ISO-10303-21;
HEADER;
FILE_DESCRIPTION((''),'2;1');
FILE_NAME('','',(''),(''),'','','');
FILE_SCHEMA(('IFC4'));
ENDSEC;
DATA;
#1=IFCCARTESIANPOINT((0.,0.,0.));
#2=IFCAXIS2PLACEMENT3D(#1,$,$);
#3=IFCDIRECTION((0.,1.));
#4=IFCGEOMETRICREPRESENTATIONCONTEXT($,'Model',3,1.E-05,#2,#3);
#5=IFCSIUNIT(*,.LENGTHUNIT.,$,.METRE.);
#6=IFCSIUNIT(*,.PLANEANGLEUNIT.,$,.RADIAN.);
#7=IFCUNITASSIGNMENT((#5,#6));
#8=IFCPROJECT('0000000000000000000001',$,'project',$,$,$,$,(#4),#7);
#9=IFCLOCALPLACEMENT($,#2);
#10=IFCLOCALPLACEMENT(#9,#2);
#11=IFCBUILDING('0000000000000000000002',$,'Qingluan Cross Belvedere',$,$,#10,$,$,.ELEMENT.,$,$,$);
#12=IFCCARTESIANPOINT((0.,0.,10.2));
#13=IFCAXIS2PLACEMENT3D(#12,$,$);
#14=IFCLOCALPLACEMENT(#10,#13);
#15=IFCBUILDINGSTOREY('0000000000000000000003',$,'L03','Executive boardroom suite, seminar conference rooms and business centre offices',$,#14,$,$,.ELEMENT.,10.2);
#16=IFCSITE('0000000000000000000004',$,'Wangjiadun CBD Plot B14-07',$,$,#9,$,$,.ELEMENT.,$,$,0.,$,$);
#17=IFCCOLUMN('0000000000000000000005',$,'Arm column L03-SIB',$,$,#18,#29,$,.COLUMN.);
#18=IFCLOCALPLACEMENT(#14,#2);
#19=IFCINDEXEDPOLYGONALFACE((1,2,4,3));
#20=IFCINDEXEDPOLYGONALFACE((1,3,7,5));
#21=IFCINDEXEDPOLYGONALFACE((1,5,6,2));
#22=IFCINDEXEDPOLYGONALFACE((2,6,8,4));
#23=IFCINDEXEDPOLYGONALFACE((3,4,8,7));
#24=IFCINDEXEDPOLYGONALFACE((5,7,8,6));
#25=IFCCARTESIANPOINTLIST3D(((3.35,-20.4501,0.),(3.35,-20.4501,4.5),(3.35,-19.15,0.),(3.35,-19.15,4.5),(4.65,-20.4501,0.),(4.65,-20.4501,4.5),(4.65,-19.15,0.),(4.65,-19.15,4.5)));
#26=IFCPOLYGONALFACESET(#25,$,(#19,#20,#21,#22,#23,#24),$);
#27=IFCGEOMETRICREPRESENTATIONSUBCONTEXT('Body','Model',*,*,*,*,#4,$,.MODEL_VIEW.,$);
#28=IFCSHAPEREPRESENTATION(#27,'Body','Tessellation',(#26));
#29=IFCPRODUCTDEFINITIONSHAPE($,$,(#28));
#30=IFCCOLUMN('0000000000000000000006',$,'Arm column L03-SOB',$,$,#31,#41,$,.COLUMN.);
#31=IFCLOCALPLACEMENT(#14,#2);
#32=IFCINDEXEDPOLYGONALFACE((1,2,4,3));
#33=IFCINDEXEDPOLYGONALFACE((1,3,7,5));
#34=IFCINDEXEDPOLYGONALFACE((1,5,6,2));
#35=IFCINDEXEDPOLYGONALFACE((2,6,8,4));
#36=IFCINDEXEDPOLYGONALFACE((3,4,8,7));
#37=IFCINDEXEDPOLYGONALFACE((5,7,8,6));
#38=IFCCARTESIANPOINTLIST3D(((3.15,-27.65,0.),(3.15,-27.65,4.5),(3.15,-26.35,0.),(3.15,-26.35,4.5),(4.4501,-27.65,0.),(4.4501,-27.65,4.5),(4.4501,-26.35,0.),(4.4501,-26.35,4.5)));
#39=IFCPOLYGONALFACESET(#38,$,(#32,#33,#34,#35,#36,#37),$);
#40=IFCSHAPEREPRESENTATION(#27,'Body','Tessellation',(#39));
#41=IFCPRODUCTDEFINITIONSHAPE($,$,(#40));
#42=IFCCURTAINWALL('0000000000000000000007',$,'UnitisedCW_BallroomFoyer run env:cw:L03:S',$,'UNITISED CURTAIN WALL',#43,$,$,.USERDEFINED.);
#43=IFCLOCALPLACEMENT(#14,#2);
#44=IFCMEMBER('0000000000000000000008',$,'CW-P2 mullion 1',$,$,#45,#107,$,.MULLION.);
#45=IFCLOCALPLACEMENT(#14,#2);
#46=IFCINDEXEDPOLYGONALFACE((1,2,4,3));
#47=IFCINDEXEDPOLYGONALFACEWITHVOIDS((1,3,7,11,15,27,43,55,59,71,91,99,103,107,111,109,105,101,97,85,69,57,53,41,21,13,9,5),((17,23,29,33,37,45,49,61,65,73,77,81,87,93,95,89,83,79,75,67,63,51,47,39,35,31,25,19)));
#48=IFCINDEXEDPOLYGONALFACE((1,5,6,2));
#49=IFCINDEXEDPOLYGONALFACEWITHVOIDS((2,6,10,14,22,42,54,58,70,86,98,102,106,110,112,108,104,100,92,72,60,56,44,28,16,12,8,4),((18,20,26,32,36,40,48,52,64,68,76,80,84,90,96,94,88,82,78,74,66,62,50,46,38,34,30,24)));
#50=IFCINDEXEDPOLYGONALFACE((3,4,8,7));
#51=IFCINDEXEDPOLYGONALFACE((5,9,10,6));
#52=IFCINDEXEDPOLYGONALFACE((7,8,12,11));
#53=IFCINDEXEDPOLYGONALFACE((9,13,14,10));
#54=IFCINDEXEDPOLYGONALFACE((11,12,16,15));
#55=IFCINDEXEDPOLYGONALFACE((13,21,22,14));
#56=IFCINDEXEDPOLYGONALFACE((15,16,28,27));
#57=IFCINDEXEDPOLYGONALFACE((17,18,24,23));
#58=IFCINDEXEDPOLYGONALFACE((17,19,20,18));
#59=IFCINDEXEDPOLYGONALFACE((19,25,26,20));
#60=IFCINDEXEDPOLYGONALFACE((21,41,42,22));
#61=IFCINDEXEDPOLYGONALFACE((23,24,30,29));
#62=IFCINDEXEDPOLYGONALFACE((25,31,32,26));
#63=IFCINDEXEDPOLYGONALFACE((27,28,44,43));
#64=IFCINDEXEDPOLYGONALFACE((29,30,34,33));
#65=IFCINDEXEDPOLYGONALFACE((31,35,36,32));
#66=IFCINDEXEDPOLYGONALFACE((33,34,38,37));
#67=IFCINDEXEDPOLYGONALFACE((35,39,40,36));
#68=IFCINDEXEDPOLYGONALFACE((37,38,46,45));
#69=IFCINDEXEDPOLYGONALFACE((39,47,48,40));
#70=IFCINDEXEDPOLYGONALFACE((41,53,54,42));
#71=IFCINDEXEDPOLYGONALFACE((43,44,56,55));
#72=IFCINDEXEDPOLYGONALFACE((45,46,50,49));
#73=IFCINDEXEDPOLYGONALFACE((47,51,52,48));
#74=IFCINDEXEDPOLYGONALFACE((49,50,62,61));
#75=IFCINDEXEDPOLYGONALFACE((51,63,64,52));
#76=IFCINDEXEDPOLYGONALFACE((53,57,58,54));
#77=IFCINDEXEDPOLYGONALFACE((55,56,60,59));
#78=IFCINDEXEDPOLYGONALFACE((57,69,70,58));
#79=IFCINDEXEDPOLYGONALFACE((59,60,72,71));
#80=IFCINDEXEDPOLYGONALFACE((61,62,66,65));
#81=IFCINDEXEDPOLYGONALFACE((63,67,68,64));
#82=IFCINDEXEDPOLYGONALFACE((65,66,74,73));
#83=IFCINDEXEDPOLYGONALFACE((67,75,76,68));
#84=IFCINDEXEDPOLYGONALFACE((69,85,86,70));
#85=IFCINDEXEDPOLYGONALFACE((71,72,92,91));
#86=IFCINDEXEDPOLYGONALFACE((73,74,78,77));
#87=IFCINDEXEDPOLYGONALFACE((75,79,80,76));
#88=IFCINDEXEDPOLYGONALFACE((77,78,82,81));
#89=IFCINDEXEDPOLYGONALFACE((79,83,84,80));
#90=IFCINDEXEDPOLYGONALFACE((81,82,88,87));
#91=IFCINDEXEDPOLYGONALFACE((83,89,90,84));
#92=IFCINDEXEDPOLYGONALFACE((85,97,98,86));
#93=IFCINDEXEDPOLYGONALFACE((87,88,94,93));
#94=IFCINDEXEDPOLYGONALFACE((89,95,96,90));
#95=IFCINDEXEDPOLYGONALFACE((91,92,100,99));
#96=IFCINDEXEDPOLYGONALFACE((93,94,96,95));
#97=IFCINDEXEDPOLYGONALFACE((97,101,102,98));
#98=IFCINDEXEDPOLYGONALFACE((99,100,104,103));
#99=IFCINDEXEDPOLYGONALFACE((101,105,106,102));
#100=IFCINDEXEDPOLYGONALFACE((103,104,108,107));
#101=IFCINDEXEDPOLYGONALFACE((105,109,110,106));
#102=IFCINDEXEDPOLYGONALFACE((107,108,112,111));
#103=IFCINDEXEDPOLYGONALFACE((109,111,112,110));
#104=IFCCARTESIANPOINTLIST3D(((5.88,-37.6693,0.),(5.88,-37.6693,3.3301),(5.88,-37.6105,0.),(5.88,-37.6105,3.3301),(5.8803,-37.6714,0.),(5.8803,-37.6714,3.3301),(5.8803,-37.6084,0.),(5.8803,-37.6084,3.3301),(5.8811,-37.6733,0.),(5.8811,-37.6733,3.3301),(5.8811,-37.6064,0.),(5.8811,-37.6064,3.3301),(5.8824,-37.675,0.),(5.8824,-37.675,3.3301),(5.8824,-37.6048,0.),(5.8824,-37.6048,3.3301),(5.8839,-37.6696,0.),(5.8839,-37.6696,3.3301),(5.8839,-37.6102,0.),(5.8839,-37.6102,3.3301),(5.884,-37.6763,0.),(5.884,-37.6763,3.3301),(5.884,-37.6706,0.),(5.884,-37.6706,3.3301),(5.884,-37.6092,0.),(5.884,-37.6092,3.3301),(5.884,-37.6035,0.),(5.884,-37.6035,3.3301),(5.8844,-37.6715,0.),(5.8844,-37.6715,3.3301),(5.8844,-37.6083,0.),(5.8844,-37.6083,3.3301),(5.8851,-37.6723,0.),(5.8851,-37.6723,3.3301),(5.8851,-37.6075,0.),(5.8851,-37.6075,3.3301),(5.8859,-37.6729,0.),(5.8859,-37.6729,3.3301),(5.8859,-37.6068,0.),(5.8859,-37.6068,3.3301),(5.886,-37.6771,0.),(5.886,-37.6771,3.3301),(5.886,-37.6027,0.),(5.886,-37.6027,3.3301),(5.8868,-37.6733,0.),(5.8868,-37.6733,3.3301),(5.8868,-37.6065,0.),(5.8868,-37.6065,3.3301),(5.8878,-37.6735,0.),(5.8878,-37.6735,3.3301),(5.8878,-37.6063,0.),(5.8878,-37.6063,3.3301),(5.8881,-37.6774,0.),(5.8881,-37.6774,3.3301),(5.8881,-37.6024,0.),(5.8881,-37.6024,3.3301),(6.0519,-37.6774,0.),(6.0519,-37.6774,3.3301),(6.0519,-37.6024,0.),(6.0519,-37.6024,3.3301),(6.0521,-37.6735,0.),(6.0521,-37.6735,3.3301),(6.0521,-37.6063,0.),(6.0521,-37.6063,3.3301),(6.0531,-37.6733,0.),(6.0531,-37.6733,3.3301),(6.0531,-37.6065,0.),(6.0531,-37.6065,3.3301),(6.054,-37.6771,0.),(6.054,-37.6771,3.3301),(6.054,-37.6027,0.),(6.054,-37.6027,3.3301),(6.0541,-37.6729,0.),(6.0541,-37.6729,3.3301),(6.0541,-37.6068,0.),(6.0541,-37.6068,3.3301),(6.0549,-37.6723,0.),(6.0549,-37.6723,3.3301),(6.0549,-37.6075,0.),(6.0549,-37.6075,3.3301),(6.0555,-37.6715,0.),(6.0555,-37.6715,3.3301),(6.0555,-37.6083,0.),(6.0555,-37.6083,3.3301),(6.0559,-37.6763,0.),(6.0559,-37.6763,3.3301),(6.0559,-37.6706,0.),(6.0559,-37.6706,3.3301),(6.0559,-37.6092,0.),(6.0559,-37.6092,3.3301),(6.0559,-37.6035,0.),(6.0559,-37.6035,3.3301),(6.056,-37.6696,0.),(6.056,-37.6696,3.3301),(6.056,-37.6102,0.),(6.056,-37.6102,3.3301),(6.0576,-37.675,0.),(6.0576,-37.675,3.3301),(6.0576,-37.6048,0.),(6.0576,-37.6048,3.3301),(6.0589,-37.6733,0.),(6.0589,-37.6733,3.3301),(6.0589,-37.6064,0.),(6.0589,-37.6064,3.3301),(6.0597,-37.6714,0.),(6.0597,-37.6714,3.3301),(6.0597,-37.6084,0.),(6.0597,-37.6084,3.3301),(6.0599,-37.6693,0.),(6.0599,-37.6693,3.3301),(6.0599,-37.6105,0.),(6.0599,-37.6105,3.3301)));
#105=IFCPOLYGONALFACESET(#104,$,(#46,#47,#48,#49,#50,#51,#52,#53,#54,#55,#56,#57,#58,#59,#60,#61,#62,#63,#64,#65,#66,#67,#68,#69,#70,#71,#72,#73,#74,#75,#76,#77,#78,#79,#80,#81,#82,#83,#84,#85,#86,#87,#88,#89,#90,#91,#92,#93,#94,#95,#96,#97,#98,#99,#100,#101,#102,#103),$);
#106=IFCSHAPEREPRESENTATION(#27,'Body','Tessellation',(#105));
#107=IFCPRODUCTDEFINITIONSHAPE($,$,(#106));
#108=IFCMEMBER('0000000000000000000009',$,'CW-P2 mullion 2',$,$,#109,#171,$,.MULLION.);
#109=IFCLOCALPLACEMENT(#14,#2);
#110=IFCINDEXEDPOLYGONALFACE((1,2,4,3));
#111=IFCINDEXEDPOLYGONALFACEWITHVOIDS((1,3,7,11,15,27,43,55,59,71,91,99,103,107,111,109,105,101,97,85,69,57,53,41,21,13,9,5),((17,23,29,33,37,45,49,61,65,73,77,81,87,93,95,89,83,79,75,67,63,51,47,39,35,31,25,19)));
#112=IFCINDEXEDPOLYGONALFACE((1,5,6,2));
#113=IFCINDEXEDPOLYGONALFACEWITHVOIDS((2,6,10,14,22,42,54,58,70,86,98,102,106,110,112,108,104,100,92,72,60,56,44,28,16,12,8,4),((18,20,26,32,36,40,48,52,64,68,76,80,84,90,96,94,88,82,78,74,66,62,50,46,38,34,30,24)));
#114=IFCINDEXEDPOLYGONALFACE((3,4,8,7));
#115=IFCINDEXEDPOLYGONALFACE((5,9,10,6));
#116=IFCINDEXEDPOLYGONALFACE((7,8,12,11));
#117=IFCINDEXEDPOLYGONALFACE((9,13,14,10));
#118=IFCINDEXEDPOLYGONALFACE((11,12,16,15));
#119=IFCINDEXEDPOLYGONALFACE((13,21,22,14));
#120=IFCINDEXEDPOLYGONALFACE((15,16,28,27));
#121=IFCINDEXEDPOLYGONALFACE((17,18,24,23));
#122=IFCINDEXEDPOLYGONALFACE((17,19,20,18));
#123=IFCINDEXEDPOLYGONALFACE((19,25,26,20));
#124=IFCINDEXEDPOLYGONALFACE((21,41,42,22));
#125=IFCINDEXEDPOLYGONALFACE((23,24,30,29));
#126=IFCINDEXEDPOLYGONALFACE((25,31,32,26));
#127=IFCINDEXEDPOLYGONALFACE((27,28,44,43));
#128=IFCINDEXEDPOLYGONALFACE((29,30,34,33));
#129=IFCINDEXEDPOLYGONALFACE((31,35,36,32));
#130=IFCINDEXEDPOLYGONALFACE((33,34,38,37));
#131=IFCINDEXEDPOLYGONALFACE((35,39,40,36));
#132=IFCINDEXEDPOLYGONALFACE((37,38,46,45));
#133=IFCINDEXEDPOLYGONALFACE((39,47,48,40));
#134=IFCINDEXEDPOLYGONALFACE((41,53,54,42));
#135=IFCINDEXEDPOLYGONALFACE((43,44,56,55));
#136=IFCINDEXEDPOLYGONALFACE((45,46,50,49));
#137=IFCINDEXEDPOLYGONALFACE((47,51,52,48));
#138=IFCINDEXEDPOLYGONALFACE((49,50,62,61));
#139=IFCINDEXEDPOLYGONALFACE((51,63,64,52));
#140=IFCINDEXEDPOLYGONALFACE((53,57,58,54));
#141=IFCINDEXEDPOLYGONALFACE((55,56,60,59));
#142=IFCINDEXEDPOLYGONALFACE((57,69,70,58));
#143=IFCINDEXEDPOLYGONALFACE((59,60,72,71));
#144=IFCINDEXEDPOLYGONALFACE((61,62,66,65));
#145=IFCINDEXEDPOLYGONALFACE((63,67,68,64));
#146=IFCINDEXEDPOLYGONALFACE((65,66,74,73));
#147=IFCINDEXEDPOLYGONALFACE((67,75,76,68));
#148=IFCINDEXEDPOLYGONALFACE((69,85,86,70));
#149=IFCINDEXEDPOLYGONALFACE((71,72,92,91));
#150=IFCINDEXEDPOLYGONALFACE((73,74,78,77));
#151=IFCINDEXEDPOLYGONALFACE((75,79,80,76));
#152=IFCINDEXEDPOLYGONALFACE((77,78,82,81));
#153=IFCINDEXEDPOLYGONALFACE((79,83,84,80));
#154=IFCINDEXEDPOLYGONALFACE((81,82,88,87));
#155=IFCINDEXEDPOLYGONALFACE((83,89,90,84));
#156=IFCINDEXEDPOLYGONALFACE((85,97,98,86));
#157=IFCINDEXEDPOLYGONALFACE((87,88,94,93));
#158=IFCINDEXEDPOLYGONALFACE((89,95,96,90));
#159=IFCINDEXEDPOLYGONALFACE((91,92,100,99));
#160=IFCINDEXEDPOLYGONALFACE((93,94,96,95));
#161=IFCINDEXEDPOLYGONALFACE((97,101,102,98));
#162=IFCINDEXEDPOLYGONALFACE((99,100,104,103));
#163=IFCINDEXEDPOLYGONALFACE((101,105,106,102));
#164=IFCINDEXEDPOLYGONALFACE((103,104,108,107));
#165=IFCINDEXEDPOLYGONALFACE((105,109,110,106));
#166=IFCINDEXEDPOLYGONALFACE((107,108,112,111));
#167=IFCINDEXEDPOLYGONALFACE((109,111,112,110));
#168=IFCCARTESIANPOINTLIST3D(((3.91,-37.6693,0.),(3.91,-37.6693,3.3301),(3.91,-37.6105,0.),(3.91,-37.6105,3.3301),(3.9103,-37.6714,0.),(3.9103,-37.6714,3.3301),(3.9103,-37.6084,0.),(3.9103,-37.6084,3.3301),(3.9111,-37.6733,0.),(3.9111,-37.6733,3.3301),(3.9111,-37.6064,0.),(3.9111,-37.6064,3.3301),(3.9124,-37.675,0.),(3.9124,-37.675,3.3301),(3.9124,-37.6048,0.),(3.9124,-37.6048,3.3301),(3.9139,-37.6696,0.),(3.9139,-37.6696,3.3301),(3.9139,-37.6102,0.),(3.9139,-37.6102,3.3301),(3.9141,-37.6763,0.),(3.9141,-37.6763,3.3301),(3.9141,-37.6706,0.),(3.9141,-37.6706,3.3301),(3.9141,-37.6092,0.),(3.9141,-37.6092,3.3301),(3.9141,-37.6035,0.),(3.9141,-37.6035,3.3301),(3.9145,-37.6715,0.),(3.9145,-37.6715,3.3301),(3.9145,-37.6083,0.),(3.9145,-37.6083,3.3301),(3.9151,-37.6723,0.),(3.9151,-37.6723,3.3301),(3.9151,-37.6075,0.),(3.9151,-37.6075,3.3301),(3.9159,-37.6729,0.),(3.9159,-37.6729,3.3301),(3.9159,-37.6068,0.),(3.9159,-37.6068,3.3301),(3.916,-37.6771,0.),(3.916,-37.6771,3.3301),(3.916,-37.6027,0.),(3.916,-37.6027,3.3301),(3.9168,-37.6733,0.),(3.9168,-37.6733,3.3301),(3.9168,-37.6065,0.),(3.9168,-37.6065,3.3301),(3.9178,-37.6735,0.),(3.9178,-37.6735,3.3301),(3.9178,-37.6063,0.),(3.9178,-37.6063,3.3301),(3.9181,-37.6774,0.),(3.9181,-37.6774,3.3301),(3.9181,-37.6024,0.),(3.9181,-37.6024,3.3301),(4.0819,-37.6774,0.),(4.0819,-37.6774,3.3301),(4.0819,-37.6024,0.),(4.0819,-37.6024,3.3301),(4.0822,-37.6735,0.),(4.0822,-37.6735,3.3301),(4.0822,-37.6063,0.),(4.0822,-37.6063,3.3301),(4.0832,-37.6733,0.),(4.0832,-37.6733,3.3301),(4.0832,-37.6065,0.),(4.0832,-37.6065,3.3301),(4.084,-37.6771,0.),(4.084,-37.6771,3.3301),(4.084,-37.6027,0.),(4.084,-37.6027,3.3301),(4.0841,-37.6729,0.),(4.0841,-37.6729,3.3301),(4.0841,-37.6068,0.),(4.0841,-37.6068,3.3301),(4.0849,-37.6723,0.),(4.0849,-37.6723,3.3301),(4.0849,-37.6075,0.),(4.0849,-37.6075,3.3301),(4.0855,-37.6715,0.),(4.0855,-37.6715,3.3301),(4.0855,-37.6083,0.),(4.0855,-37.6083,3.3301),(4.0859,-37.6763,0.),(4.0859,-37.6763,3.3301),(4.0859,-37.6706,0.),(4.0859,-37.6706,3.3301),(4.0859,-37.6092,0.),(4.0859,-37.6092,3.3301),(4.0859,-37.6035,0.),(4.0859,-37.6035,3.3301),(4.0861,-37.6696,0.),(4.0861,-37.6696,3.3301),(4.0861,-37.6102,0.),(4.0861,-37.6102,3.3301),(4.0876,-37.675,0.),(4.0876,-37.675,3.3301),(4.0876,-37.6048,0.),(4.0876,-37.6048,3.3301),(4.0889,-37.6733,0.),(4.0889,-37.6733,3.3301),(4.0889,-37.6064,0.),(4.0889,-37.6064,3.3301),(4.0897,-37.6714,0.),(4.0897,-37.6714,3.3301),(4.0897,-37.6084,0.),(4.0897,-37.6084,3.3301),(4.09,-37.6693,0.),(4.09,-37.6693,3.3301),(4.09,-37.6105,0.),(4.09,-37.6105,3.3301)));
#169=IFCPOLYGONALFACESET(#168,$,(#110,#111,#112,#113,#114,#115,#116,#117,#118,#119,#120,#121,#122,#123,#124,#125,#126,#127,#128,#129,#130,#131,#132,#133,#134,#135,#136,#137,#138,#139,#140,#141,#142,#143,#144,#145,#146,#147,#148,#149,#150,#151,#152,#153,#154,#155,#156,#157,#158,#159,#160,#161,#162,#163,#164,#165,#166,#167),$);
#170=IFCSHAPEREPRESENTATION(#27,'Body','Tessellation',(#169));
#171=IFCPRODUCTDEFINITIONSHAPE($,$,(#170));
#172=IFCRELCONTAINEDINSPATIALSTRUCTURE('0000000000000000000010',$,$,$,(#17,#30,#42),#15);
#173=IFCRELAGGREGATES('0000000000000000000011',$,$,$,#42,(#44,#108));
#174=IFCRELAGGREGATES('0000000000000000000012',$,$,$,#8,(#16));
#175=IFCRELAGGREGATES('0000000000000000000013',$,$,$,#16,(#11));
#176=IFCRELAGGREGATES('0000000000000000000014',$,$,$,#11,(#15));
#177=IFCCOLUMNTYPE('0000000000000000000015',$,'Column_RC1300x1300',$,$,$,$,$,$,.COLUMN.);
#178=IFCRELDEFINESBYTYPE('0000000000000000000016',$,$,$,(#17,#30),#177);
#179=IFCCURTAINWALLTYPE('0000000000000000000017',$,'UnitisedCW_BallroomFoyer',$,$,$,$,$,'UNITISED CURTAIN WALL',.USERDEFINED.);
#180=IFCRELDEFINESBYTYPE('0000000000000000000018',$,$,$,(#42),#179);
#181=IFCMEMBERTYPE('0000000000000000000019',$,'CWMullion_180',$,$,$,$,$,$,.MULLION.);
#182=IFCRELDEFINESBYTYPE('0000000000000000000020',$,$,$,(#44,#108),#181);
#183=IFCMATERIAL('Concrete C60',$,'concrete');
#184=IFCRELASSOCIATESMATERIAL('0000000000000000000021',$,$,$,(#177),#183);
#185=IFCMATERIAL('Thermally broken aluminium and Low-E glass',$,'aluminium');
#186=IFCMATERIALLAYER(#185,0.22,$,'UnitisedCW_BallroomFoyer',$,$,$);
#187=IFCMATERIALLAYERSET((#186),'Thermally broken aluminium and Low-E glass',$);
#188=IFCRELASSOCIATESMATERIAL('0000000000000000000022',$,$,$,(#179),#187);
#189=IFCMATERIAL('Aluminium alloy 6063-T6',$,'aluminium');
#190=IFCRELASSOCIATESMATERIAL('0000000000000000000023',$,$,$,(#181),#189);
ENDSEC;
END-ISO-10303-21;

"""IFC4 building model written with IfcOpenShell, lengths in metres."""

from ifc_helpers import new_model, si_unit, direction, frame, origin, origin_2d, place, context, subcontext, project, spatial, rectangle, hollow_rectangle, extrude, material, layer, layer_set, material_profile, profile_set, type_object, element, aggregate, save


model = new_model("IFC4")

# Units and contexts
model_context = context("Model", 3, precision=1e-05, world=origin(), true_north=direction((0.0, 1.0)))
body_context = subcontext(model_context, "Body", "Model", "MODEL_VIEW")
ifc_project = project(units=[si_unit("LENGTHUNIT", "METRE"), si_unit("PLANEANGLEUNIT", "RADIAN")], contexts=[model_context])

# Site, building, storey
site_placement = place(None, origin())
site = spatial("IfcSite", under=ifc_project, at=site_placement, Name="Wangjiadun CBD Plot B14-07", CompositionType="ELEMENT", RefElevation=0.0)
building_placement = place(site_placement, origin())
building = spatial("IfcBuilding", under=site, at=building_placement, Name="Qingluan Cross Belvedere", CompositionType="ELEMENT")
storey_placement = place(building_placement, frame((0.0, 0.0, 10.2)))
storey = spatial("IfcBuildingStorey", under=building, at=storey_placement, Name="L03", Description="Executive boardroom suite, seminar conference rooms and business centre offices", CompositionType="ELEMENT", Elevation=10.2)

# Columns
ifc_material_1 = material(Name="Concrete C60", Category="concrete")
ifc_material_profile_1 = material_profile(ifc_material_1, rectangle(XDim=1.3, YDim=1.3, at=origin_2d()), Name="RC1300x1300")
ifc_profile_set_1 = profile_set([ifc_material_profile_1], Name="Concrete C60")
column_type = type_object("IfcColumnType", Name="Column_RC1300x1300", PredefinedType="COLUMN", material=ifc_profile_set_1)
for number, where, z_axis, x_axis, name in (
    (1, (4.0, -19.8, 0.0), (0.0, 0.0, 1.0), (1.0, 0.0, 0.0), "Arm column L03-SIB"),
    (2, (3.8, -27.0, 0.0), (0.0, 0.0, 1.0), (1.0, 0.0, 0.0), "Arm column L03-SOB"),
):
    element("IfcColumn", number, at=place(storey_placement, frame(where, z_axis=z_axis, x_axis=x_axis)), inside=storey, type_object=column_type, Name=name, PredefinedType="COLUMN", context=body_context, shape_type="SweptSolid", body=[
        extrude(rectangle(XDim=1.3, YDim=1.3, at=origin_2d()), origin(), (0.0, 0.0, 1.0), 4.5),
    ])

# Curtain wall, members
ifc_material_2 = material(Name="Thermally broken aluminium and Low-E glass", Category="aluminium")
ifc_layer_1 = layer(ifc_material_2, 0.22, Name="UnitisedCW_BallroomFoyer")
ifc_layer_set_1 = layer_set([ifc_layer_1], Name="Thermally broken aluminium and Low-E glass")
curtain_wall_type = type_object("IfcCurtainWallType", Name="UnitisedCW_BallroomFoyer", ElementType="UNITISED CURTAIN WALL", PredefinedType="USERDEFINED", material=ifc_layer_set_1)
curtain_wall_placement = place(storey_placement, origin())
curtain_wall = element("IfcCurtainWall", 3, at=curtain_wall_placement, inside=storey, type_object=curtain_wall_type, Name="UnitisedCW_BallroomFoyer run env:cw:L03:S", ObjectType="UNITISED CURTAIN WALL", PredefinedType="USERDEFINED")
ifc_material_3 = material(Name="Aluminium alloy 6063-T6", Category="aluminium")
ifc_material_profile_2 = material_profile(ifc_material_3, hollow_rectangle(XDim=0.075, YDim=0.1799, WallThickness=0.0039, InnerFilletRadius=0.0039, OuterFilletRadius=0.0081, at=origin_2d()), Name="CWM180x75x4")
ifc_profile_set_2 = profile_set([ifc_material_profile_2], Name="Aluminium alloy 6063-T6")
member_type_1 = type_object("IfcMemberType", Name="CWMullion_180", PredefinedType="MULLION", material=ifc_profile_set_2)
member_1_placement = place(storey_placement, frame((5.97, -37.6399, 0.0), z_axis=(0.0, 0.0, 1.0), x_axis=(0.0, -1.0, 0.0)))
member_1 = element("IfcMember", 4, at=member_1_placement, type_object=member_type_1, Name="CW-P2 mullion 1", PredefinedType="MULLION", context=body_context, shape_type="SweptSolid", body=[
    extrude(hollow_rectangle(XDim=0.075, YDim=0.1799, WallThickness=0.0039, InnerFilletRadius=0.0039, OuterFilletRadius=0.0081, at=origin_2d()), origin(), (0.0, 0.0, 1.0), 3.3301),
])
member_2_placement = place(storey_placement, frame((4.0, -37.6399, 0.0), z_axis=(0.0, 0.0, 1.0), x_axis=(0.0, -1.0, 0.0)))
member_2 = element("IfcMember", 5, at=member_2_placement, type_object=member_type_1, Name="CW-P2 mullion 2", PredefinedType="MULLION", context=body_context, shape_type="SweptSolid", body=[
    extrude(hollow_rectangle(XDim=0.075, YDim=0.1799, WallThickness=0.0039, InnerFilletRadius=0.0039, OuterFilletRadius=0.0081, at=origin_2d()), origin(), (0.0, 0.0, 1.0), 3.3301),
])
aggregate(curtain_wall, [member_1, member_2])

save(model, "model.ifc")
